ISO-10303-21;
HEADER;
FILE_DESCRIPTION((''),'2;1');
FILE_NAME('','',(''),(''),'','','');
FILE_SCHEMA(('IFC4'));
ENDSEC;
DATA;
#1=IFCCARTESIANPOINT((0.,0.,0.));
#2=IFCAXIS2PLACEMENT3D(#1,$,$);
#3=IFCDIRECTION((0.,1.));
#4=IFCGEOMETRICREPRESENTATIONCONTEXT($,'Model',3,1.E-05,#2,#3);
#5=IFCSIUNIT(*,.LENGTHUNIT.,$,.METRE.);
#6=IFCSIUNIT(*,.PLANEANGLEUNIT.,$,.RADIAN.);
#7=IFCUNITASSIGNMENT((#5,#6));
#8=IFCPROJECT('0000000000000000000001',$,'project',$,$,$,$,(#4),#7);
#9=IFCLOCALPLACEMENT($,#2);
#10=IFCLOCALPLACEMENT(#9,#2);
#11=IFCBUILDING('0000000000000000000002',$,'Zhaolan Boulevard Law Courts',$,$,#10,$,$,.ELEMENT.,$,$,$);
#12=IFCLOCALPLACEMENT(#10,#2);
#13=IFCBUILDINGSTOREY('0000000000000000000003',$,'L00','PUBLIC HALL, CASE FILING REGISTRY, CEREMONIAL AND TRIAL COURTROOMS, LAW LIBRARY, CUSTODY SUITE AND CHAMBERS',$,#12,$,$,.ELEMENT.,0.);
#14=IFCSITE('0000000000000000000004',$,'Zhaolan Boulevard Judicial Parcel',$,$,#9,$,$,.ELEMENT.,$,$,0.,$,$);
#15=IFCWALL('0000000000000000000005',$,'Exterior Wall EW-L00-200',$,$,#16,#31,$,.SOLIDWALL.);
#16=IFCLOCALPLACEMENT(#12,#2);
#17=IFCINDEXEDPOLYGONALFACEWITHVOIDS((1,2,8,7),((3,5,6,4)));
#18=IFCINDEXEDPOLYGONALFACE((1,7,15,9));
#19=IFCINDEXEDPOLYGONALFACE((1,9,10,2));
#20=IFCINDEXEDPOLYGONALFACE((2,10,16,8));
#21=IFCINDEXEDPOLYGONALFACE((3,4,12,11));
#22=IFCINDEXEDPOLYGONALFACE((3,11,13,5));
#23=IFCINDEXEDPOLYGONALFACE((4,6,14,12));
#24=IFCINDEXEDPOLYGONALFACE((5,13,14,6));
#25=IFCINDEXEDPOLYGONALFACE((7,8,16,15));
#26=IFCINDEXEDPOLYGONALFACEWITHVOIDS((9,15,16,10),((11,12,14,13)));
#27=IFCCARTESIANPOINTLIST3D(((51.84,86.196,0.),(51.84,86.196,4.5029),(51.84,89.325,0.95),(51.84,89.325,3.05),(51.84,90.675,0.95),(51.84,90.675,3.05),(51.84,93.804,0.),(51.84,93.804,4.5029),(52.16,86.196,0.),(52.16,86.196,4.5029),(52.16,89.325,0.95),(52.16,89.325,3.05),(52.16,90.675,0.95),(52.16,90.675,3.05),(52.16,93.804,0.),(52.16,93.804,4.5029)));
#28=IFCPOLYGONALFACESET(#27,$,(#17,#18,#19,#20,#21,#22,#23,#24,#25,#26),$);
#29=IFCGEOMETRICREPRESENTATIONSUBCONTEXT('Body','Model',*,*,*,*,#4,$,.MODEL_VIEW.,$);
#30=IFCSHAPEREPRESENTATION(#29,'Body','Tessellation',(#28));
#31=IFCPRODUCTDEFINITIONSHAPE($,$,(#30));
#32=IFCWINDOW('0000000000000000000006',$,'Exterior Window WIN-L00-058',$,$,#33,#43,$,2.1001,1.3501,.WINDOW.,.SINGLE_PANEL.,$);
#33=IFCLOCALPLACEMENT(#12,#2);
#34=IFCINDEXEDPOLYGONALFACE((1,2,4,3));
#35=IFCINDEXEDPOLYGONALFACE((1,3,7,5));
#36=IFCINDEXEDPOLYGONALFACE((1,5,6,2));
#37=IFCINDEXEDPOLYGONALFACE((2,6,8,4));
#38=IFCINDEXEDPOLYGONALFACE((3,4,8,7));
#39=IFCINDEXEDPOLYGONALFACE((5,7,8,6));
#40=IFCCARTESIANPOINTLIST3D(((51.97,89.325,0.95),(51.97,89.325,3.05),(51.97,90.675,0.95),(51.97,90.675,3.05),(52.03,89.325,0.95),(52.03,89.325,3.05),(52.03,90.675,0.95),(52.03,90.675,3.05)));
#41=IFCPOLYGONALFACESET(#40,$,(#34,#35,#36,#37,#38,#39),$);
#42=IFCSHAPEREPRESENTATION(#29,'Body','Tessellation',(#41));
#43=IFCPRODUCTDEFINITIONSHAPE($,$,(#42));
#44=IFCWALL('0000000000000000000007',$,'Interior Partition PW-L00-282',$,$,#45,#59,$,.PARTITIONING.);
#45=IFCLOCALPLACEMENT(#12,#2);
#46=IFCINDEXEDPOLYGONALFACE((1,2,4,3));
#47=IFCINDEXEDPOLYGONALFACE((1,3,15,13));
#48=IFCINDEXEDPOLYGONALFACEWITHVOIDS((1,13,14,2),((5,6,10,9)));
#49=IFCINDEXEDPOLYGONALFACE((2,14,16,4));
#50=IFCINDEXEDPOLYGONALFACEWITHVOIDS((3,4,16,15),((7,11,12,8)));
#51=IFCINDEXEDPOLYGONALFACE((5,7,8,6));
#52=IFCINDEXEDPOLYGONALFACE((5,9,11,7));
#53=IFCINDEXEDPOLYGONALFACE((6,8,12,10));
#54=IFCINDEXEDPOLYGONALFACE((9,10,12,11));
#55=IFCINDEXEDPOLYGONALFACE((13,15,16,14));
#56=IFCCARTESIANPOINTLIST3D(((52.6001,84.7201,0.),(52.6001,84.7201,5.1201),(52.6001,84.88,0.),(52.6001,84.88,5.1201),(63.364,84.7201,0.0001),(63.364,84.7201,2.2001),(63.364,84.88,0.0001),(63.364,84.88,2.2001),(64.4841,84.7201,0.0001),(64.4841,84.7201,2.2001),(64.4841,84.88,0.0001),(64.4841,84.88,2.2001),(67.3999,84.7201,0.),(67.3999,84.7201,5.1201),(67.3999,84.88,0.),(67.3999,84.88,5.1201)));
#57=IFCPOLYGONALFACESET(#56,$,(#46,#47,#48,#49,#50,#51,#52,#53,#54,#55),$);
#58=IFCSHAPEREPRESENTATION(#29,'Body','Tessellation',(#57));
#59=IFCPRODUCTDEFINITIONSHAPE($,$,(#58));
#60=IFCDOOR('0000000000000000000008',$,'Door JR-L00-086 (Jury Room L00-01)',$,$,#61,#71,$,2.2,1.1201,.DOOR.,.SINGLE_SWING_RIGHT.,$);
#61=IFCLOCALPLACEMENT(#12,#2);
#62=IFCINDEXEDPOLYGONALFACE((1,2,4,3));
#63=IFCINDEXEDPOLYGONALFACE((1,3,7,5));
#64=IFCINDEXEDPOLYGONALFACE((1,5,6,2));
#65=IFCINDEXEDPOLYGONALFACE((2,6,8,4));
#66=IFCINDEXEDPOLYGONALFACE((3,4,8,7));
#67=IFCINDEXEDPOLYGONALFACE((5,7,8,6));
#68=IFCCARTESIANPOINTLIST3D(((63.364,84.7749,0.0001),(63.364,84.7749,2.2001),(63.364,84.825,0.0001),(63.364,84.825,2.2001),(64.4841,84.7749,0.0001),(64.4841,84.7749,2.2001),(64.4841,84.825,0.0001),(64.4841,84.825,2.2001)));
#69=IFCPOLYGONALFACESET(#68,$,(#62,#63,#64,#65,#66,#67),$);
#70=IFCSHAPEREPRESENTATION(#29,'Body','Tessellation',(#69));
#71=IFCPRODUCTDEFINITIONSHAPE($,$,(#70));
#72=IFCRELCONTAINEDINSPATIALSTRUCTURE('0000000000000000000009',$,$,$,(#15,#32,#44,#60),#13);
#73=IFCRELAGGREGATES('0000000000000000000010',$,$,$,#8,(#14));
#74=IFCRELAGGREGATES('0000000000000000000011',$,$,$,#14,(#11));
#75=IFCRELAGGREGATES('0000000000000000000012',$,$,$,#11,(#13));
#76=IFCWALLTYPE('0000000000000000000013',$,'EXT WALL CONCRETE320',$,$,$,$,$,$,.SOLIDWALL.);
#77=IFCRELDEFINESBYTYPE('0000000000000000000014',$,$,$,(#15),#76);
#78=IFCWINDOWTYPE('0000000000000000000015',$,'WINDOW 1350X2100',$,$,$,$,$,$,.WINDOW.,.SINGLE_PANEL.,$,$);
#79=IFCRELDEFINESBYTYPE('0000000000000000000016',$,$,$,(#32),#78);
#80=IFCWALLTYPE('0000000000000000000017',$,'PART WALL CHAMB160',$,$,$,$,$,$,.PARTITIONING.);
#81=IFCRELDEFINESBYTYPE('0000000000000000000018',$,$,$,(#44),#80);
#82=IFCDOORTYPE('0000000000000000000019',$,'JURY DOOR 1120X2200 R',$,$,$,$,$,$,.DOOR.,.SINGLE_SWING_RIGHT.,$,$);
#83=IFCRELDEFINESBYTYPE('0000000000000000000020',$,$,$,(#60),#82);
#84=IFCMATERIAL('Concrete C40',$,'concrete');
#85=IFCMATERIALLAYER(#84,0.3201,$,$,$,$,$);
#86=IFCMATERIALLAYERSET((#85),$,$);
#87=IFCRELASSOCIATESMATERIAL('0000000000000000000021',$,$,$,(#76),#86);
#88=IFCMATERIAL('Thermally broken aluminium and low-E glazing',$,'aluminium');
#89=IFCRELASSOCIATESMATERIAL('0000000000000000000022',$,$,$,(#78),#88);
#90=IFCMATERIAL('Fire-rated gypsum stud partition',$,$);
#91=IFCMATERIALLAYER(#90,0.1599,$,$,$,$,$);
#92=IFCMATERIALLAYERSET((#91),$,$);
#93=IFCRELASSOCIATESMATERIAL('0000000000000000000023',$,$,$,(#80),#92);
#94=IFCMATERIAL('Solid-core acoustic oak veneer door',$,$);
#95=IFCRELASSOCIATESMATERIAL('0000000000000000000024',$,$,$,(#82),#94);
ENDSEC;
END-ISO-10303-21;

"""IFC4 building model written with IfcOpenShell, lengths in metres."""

from ifc_helpers import new_model, si_unit, direction, frame, frame_2d, origin, place, context, subcontext, project, spatial, rectangle, extrude, material, layer, layer_set, type_object, element, fill, save


model = new_model("IFC4")

# Units and contexts
model_context = context("Model", 3, precision=1e-05, world=origin(), true_north=direction((0.0, 1.0)))
body_context = subcontext(model_context, "Body", "Model", "MODEL_VIEW")
ifc_project = project(units=[si_unit("LENGTHUNIT", "METRE"), si_unit("PLANEANGLEUNIT", "RADIAN")], contexts=[model_context])

# Site, building, storey
site_placement = place(None, origin())
site = spatial("IfcSite", under=ifc_project, at=site_placement, Name="Zhaolan Boulevard Judicial Parcel", CompositionType="ELEMENT", RefElevation=0.0)
building_placement = place(site_placement, origin())
building = spatial("IfcBuilding", under=site, at=building_placement, Name="Zhaolan Boulevard Law Courts", CompositionType="ELEMENT")
storey_placement = place(building_placement, origin())
storey = spatial("IfcBuildingStorey", under=building, at=storey_placement, Name="L00", Description="PUBLIC HALL, CASE FILING REGISTRY, CEREMONIAL AND TRIAL COURTROOMS, LAW LIBRARY, CUSTODY SUITE AND CHAMBERS", CompositionType="ELEMENT", Elevation=0.0)

# Wall, opening, window
ifc_material_1 = material(Name="Concrete C40", Category="concrete")
ifc_layer_1 = layer(ifc_material_1, 0.3201)
ifc_layer_set_1 = layer_set([ifc_layer_1])
wall_type_1 = type_object("IfcWallType", Name="EXT WALL CONCRETE320", PredefinedType="SOLIDWALL", material=ifc_layer_set_1)
wall_1_placement = place(storey_placement, frame((52.0, 93.804, 0.0), z_axis=(0.0, 0.0, 1.0), x_axis=(0.0, -1.0, 0.0)))
wall_1 = element("IfcWall", 1, at=wall_1_placement, inside=storey, type_object=wall_type_1, Name="Exterior Wall EW-L00-200", PredefinedType="SOLIDWALL", context=body_context, shape_type="SweptSolid", body=[
    extrude(rectangle(XDim=7.6079, YDim=0.3201, at=frame_2d((3.804, 0.0))), origin(), (0.0, 0.0, 1.0), 4.5029),
])
opening_1_placement = place(wall_1_placement, frame((3.1289, 0.0, 0.95)))
opening_1 = element("IfcOpeningElement", 2, at=opening_1_placement, cuts=wall_1, PredefinedType="OPENING", context=body_context, shape_type="SweptSolid", body=[
    extrude(rectangle(XDim=1.3501, YDim=2.1001, at=frame_2d((0.675, 1.05))), frame((0.0, 0.1699, 0.0), z_axis=(0.0, -1.0, 0.0), x_axis=(1.0, 0.0, 0.0)), (0.0, 0.0, 1.0), 0.3401),
])
ifc_material_2 = material(Name="Thermally broken aluminium and low-E glazing", Category="aluminium")
window_type_1 = type_object("IfcWindowType", Name="WINDOW 1350X2100", PartitioningType="SINGLE_PANEL", PredefinedType="WINDOW", material=ifc_material_2)
window_1_placement = place(opening_1_placement, origin())
window_1 = element("IfcWindow", 3, at=window_1_placement, inside=storey, type_object=window_type_1, Name="Exterior Window WIN-L00-058", OverallHeight=2.1001, OverallWidth=1.3501, PartitioningType="SINGLE_PANEL", PredefinedType="WINDOW", context=body_context, shape_type="SweptSolid", body=[
    extrude(rectangle(XDim=1.3501, YDim=2.1001, at=frame_2d((0.675, 1.05))), frame((0.0, 0.03, 0.0), z_axis=(0.0, -1.0, 0.0), x_axis=(1.0, 0.0, 0.0)), (0.0, 0.0, 1.0), 0.0601),
])
fill(opening_1, window_1)

# Wall, opening, door
ifc_material_3 = material(Name="Fire-rated gypsum stud partition")
ifc_layer_2 = layer(ifc_material_3, 0.1599)
ifc_layer_set_2 = layer_set([ifc_layer_2])
wall_type_2 = type_object("IfcWallType", Name="PART WALL CHAMB160", PredefinedType="PARTITIONING", material=ifc_layer_set_2)
wall_2_placement = place(storey_placement, frame((52.6001, 84.8, 0.0), z_axis=(0.0, 0.0, 1.0), x_axis=(1.0, 0.0, 0.0)))
wall_2 = element("IfcWall", 4, at=wall_2_placement, inside=storey, type_object=wall_type_2, Name="Interior Partition PW-L00-282", PredefinedType="PARTITIONING", context=body_context, shape_type="SweptSolid", body=[
    extrude(rectangle(XDim=14.7998, YDim=0.1599, at=frame_2d((7.3999, 0.0))), origin(), (0.0, 0.0, 1.0), 5.1201),
])
opening_2_placement = place(wall_2_placement, frame((10.7639, 0.0, 0.0)))
opening_2 = element("IfcOpeningElement", 5, at=opening_2_placement, cuts=wall_2, PredefinedType="OPENING", context=body_context, shape_type="SweptSolid", body=[
    extrude(rectangle(XDim=1.1201, YDim=2.2, at=frame_2d((0.5601, 1.1001))), frame((0.0, 0.0898, 0.0), z_axis=(0.0, -1.0, 0.0), x_axis=(1.0, 0.0, 0.0)), (0.0, 0.0, 1.0), 0.1799),
])
ifc_material_4 = material(Name="Solid-core acoustic oak veneer door")
door_type = type_object("IfcDoorType", Name="JURY DOOR 1120X2200 R", OperationType="SINGLE_SWING_RIGHT", PredefinedType="DOOR", material=ifc_material_4)
door_placement = place(opening_2_placement, origin())
door = element("IfcDoor", 6, at=door_placement, inside=storey, type_object=door_type, Name="Door JR-L00-086 (Jury Room L00-01)", OperationType="SINGLE_SWING_RIGHT", OverallHeight=2.2, OverallWidth=1.1201, PredefinedType="DOOR", context=body_context, shape_type="SweptSolid", body=[
    extrude(rectangle(XDim=1.1201, YDim=2.2, at=frame_2d((0.5601, 1.1001))), frame((0.0, 0.0249, 0.0), z_axis=(0.0, -1.0, 0.0), x_axis=(1.0, 0.0, 0.0)), (0.0, 0.0, 1.0), 0.05),
])
fill(opening_2, door)

save(model, "model.ifc")
